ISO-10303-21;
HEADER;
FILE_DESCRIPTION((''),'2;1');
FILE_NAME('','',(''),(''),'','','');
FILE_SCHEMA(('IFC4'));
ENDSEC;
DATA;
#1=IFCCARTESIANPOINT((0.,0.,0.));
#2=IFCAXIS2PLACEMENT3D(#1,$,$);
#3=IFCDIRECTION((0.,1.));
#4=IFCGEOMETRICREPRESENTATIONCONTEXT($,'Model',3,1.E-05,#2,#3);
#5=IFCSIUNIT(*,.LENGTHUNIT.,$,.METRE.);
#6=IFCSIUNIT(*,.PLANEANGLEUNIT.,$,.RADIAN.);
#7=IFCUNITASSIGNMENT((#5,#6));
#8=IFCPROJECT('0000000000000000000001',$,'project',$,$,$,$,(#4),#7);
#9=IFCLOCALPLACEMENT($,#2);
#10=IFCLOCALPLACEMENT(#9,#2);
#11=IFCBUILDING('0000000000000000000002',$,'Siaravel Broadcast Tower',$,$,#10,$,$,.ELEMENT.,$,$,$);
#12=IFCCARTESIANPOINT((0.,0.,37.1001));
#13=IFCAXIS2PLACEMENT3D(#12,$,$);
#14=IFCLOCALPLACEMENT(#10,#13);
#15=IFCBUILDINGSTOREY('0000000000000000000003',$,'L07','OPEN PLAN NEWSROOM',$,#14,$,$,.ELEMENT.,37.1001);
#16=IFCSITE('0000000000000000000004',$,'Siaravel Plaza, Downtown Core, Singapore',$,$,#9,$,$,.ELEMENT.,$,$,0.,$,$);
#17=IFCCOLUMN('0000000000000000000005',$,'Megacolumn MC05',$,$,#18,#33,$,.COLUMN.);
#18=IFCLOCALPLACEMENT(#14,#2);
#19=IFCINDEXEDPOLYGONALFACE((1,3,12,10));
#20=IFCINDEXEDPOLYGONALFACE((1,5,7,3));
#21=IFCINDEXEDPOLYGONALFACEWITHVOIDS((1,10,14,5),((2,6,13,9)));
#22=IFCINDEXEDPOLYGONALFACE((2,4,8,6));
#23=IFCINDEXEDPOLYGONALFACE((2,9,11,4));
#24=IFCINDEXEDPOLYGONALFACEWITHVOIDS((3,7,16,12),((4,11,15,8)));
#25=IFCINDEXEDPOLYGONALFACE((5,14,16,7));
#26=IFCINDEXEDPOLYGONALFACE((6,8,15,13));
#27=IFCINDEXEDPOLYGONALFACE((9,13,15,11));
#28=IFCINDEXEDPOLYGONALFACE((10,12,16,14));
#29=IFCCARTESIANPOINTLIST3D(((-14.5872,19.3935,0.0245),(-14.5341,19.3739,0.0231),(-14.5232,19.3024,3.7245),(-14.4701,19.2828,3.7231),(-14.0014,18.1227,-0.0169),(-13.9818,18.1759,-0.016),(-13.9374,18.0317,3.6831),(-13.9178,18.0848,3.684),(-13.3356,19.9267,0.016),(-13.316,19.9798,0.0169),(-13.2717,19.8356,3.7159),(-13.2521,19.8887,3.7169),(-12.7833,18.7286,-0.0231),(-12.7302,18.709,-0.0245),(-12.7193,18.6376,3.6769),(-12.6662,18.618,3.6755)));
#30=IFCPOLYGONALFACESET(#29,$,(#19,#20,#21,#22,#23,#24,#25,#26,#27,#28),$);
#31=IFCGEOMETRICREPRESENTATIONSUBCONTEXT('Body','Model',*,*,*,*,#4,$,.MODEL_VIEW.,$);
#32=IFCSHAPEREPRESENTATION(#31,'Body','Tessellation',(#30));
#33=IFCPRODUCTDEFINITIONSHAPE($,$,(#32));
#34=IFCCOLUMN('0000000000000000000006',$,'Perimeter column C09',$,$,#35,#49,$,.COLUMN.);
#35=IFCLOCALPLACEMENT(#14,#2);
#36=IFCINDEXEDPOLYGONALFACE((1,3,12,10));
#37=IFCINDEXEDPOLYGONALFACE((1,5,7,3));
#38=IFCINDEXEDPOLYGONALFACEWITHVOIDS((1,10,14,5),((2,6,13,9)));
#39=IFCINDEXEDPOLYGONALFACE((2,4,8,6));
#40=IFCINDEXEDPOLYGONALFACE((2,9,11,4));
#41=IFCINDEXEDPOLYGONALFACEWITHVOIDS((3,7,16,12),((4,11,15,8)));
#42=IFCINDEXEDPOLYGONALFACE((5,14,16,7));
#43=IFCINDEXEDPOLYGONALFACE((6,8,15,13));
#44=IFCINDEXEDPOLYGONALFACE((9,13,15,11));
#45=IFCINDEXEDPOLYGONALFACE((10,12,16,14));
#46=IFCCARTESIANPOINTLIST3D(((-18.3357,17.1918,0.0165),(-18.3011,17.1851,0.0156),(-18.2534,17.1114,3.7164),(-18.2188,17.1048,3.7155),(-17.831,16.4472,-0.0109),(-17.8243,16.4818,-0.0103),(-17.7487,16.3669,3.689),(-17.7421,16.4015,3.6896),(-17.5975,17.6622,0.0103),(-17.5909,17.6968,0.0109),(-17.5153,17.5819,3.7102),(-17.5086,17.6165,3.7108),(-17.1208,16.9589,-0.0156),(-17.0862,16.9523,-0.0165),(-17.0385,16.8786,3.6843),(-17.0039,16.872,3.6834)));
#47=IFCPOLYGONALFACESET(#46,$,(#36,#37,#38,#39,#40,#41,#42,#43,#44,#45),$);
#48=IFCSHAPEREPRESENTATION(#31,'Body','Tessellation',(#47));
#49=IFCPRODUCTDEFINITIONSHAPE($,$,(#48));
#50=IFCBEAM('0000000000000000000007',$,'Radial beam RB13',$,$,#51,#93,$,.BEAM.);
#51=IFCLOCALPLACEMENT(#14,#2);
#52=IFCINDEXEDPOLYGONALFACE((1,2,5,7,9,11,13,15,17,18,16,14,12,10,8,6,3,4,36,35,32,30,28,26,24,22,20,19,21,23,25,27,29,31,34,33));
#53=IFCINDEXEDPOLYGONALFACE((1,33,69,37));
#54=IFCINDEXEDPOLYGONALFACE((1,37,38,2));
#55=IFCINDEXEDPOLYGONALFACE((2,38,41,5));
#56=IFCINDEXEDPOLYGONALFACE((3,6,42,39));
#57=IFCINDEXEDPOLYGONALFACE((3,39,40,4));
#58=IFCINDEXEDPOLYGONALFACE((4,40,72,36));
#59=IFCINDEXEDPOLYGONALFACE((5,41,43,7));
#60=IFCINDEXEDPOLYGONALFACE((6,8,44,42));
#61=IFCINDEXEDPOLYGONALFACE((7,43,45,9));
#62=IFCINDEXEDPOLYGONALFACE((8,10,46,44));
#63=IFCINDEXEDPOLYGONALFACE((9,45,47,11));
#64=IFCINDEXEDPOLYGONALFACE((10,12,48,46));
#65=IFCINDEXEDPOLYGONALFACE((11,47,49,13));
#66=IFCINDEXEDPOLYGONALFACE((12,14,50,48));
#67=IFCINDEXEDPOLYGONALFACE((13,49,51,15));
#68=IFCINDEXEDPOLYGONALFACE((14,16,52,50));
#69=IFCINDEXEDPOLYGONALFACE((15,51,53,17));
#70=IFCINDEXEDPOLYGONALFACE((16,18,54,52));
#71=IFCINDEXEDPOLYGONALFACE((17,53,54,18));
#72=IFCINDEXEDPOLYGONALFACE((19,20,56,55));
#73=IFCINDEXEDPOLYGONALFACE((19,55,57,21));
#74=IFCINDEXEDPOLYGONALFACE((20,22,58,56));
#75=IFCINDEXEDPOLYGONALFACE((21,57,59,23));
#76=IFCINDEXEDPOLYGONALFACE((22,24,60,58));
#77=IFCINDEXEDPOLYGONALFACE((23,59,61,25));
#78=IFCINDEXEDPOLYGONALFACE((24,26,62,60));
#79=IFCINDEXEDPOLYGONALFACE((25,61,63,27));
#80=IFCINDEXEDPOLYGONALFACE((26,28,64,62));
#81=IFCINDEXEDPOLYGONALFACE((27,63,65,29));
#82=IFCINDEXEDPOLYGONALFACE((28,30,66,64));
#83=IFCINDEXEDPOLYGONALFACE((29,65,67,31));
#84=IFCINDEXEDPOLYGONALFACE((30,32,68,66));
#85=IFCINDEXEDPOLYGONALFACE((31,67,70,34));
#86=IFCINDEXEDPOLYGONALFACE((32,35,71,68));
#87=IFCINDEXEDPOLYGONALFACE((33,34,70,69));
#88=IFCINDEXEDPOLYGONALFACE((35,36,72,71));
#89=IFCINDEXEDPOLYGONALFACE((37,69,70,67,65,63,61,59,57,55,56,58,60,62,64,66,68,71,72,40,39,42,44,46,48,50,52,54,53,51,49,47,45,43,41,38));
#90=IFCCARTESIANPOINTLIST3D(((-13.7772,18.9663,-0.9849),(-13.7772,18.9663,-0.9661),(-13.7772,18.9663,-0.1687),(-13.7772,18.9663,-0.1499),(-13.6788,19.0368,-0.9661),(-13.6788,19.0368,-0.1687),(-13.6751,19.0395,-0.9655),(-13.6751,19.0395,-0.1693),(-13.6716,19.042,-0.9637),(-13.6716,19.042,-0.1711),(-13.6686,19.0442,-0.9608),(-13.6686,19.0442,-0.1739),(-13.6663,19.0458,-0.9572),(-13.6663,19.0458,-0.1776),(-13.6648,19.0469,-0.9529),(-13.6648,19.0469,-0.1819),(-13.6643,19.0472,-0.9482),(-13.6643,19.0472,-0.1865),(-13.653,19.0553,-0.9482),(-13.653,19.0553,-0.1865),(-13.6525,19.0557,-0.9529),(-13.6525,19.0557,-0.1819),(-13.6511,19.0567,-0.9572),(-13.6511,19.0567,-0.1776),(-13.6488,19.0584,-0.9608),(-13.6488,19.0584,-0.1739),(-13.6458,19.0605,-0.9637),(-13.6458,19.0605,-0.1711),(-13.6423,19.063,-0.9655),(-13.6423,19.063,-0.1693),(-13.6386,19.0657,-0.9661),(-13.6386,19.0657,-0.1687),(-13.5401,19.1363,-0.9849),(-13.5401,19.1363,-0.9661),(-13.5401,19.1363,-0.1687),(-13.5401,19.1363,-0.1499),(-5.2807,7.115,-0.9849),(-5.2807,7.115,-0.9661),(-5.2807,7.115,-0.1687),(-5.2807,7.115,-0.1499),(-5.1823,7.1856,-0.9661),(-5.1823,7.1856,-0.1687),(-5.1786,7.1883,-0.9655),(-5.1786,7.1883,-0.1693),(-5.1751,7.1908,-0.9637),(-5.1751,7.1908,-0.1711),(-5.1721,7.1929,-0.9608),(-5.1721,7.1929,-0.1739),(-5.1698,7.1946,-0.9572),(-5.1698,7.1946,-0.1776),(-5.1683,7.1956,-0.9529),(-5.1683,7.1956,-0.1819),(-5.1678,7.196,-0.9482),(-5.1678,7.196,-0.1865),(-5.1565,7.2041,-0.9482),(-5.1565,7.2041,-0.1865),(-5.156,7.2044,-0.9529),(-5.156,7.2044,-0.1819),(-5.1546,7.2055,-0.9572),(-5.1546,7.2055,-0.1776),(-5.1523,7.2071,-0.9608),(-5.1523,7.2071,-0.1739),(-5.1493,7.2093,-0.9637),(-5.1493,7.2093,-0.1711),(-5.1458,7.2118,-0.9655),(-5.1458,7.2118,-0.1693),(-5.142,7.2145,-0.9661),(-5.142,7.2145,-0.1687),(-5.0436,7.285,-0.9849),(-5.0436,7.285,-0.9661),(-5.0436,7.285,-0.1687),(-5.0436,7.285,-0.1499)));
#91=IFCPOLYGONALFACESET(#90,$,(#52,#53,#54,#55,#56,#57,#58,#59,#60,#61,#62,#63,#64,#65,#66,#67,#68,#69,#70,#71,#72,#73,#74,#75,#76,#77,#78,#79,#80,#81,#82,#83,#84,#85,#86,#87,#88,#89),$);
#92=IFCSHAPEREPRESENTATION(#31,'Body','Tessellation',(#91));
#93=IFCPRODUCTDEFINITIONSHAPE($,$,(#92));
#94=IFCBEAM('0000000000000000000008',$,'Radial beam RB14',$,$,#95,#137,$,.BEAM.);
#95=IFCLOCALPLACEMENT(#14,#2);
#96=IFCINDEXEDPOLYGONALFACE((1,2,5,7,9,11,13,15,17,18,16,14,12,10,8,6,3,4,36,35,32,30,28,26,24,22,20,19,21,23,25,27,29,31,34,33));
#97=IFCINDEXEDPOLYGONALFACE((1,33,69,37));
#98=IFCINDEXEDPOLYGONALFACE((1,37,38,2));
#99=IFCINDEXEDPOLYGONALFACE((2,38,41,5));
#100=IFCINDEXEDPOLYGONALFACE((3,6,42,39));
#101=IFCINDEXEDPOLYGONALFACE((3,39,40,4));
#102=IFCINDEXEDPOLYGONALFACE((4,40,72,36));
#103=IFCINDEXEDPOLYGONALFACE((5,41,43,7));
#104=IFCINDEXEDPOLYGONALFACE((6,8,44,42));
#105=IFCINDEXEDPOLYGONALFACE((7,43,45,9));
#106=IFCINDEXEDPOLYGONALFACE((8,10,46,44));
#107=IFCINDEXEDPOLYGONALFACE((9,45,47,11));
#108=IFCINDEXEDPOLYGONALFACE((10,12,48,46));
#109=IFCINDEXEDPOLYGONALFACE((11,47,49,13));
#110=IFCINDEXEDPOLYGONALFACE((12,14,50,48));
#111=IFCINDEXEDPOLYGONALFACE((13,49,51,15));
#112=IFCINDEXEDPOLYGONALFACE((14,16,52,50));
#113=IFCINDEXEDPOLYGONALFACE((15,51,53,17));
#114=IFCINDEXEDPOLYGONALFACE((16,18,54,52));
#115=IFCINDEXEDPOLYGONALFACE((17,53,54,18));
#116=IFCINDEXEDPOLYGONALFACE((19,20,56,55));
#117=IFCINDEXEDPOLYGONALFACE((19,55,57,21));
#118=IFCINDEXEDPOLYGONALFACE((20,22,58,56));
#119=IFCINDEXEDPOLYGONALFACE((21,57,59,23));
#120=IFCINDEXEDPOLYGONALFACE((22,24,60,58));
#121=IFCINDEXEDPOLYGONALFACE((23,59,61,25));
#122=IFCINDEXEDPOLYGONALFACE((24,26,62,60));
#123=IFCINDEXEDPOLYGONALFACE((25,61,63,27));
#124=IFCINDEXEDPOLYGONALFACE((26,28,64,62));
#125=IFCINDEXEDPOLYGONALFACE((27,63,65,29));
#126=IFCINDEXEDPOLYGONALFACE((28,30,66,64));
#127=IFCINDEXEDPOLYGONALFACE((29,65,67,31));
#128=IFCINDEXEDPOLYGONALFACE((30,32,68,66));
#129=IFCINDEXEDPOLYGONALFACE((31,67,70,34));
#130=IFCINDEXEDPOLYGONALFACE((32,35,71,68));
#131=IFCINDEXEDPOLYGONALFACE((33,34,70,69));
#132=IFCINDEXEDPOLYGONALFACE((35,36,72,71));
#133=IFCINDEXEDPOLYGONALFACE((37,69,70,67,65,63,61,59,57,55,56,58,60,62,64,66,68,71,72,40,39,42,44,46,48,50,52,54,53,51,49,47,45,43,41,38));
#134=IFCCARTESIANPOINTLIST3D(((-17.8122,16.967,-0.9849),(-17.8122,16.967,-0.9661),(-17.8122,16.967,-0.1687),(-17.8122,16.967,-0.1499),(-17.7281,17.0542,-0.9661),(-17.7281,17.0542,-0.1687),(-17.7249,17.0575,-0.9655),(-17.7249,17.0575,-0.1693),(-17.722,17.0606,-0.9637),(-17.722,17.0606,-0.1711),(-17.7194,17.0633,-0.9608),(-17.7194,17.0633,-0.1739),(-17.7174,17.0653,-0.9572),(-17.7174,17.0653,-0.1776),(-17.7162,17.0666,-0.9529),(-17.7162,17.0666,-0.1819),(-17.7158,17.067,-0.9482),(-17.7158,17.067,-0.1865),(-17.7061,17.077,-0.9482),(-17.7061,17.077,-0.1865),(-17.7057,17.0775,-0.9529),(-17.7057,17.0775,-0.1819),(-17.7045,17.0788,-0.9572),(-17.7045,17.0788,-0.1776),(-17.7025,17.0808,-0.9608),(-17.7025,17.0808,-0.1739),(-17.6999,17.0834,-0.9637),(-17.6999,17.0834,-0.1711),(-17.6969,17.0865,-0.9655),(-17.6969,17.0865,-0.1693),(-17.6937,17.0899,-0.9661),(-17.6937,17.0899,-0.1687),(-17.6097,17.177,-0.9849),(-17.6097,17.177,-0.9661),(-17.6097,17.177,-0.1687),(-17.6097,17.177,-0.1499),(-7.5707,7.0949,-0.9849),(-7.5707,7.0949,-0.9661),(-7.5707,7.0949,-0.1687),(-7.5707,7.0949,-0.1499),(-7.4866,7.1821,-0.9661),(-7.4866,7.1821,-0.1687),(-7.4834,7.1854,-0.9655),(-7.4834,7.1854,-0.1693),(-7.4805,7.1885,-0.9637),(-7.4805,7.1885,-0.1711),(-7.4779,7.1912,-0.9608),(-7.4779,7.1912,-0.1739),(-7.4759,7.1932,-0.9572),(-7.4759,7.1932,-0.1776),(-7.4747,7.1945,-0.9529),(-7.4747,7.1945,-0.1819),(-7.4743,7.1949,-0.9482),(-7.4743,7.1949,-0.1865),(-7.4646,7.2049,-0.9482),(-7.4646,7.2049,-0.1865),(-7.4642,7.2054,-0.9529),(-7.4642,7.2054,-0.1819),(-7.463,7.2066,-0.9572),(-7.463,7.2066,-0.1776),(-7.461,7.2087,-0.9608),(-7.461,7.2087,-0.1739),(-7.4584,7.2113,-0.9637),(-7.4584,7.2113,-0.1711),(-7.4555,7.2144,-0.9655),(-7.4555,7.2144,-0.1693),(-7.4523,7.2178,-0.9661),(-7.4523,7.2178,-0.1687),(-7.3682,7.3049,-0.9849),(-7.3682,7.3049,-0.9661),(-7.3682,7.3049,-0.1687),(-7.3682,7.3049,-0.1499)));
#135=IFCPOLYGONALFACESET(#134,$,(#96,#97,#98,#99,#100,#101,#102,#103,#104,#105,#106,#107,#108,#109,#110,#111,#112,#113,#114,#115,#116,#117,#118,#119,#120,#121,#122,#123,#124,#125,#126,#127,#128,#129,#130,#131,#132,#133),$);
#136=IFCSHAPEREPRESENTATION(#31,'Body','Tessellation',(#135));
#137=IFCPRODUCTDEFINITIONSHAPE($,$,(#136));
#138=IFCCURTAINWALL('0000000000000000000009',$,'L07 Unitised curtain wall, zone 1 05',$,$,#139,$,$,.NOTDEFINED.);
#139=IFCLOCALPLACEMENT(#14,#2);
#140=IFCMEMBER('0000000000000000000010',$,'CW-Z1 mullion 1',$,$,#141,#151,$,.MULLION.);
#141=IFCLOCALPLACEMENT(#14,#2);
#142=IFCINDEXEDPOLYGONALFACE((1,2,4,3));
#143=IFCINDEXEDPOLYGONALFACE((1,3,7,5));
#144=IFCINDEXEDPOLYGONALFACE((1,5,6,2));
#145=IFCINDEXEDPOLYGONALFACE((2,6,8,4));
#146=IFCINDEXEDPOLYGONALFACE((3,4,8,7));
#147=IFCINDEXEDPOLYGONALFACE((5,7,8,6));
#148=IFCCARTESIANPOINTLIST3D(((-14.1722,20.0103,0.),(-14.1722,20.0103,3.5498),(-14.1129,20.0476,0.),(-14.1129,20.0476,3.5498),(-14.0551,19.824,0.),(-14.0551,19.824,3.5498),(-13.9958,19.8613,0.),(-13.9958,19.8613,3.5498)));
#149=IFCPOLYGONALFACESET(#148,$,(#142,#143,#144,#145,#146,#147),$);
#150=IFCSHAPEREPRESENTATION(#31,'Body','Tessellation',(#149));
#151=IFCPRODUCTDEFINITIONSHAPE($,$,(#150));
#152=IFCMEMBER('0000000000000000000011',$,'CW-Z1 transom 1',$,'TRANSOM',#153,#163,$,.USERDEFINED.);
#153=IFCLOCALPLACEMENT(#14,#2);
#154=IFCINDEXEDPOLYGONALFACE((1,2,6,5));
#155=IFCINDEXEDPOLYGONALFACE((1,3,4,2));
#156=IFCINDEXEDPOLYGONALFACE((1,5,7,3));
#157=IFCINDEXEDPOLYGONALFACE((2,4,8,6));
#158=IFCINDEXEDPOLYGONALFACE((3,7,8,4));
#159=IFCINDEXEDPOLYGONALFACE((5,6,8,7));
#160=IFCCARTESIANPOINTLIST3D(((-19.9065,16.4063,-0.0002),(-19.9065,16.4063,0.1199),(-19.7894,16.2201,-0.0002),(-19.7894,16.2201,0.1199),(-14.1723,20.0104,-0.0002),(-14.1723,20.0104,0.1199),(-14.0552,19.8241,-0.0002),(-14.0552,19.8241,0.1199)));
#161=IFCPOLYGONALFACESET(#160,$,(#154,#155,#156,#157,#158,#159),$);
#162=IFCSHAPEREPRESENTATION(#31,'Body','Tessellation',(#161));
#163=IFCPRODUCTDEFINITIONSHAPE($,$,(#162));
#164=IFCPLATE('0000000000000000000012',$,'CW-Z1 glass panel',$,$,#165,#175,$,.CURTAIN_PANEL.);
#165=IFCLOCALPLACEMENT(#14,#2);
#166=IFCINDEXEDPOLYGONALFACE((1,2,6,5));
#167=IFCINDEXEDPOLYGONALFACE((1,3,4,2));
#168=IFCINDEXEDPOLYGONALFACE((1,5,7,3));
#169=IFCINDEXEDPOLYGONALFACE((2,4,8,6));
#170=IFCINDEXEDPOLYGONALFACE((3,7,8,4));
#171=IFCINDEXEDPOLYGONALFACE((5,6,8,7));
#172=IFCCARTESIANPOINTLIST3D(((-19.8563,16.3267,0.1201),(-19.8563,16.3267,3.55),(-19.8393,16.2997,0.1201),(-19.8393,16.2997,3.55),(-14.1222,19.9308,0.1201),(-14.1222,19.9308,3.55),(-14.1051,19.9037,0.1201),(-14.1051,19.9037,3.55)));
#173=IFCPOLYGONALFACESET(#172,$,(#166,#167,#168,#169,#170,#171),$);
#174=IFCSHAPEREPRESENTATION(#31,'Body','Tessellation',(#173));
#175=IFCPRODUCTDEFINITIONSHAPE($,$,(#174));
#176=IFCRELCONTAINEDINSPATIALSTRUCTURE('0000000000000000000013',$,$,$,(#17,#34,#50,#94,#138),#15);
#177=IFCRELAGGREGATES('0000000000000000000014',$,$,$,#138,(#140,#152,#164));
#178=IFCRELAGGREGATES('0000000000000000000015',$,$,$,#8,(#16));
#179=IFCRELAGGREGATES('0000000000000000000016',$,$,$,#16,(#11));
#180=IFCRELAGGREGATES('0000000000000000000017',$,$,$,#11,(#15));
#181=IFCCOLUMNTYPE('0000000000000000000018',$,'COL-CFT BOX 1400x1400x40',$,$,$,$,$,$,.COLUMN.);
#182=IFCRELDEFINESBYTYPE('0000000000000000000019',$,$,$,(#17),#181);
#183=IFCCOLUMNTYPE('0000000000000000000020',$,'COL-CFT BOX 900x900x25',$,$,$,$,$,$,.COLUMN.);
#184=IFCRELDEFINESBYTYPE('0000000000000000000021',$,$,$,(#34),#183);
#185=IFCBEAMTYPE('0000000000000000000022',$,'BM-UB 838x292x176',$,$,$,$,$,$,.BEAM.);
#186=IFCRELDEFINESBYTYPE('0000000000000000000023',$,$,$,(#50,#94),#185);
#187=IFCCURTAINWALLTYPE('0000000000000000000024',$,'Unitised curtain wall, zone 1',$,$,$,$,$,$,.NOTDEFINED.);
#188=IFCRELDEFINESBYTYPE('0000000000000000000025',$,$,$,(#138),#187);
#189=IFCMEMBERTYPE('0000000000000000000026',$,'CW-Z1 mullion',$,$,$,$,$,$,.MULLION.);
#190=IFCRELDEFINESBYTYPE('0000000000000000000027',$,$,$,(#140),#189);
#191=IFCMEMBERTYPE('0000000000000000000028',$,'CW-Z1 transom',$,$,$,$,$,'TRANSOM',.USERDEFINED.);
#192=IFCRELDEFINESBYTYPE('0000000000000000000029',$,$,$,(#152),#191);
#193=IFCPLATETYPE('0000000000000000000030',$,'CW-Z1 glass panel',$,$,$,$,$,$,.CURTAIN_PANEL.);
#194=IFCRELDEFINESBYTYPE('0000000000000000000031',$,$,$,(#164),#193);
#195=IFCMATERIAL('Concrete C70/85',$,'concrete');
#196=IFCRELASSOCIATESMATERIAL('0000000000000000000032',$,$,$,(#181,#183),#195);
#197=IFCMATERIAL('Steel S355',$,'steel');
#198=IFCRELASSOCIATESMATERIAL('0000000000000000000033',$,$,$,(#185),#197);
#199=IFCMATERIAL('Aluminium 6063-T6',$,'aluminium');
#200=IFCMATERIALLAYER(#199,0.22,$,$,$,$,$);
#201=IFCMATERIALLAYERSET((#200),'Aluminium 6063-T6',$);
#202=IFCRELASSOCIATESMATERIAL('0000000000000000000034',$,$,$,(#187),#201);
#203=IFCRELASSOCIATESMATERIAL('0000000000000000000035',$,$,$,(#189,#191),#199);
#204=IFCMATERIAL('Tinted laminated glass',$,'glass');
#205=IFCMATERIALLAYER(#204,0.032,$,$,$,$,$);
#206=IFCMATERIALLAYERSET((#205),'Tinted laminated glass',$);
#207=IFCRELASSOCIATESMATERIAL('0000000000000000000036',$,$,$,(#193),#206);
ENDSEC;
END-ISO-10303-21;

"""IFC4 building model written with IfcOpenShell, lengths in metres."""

from ifc_helpers import new_model, si_unit, direction, frame, origin, origin_2d, place, context, subcontext, project, spatial, rectangle, hollow_rectangle, i_section, extrude, material, layer, layer_set, material_profile, profile_set, type_object, element, aggregate, save


model = new_model("IFC4")

# Units and contexts
model_context = context("Model", 3, precision=1e-05, world=origin(), true_north=direction((0.0, 1.0)))
body_context = subcontext(model_context, "Body", "Model", "MODEL_VIEW")
ifc_project = project(units=[si_unit("LENGTHUNIT", "METRE"), si_unit("PLANEANGLEUNIT", "RADIAN")], contexts=[model_context])

# Site, building, storey
site_placement = place(None, origin())
site = spatial("IfcSite", under=ifc_project, at=site_placement, Name="Siaravel Plaza, Downtown Core, Singapore", CompositionType="ELEMENT", RefElevation=0.0)
building_placement = place(site_placement, origin())
building = spatial("IfcBuilding", under=site, at=building_placement, Name="Siaravel Broadcast Tower", CompositionType="ELEMENT")
storey_placement = place(building_placement, frame((0.0, 0.0, 37.1001)))
storey = spatial("IfcBuildingStorey", under=building, at=storey_placement, Name="L07", Description="OPEN PLAN NEWSROOM", CompositionType="ELEMENT", Elevation=37.1001)

# Columns
ifc_material_1 = material(Name="Concrete C70/85", Category="concrete")
ifc_material_profile_1 = material_profile(ifc_material_1, hollow_rectangle(XDim=1.3999, YDim=1.3999, WallThickness=0.04, at=origin_2d()))
ifc_profile_set_1 = profile_set([ifc_material_profile_1], Name="Concrete C70/85")
column_type_1 = type_object("IfcColumnType", Name="COL-CFT BOX 1400x1400x40", PredefinedType="COLUMN", material=ifc_profile_set_1)
column_1_placement = place(storey_placement, frame((-13.6587, 19.0513, 0.0), z_axis=(0.01728, -0.024601, 0.999548), x_axis=(0.908055, 0.418816, -0.00539)))
element("IfcColumn", 1, at=column_1_placement, inside=storey, type_object=column_type_1, Name="Megacolumn MC05", PredefinedType="COLUMN", context=body_context, shape_type="SweptSolid", body=[
    extrude(hollow_rectangle(XDim=1.3999, YDim=1.3999, WallThickness=0.04, at=origin_2d()), origin(), (0.0, 0.0, 1.0), 3.7017),
])
ifc_material_profile_2 = material_profile(ifc_material_1, hollow_rectangle(XDim=0.8999, YDim=0.8999, WallThickness=0.0249, at=origin_2d()))
ifc_profile_set_2 = profile_set([ifc_material_profile_2], Name="Concrete C70/85")
column_type_2 = type_object("IfcColumnType", Name="COL-CFT BOX 900x900x25", PredefinedType="COLUMN", material=ifc_profile_set_2)
column_2_placement = place(storey_placement, frame((-17.7109, 17.072, 0.0), z_axis=(0.022226, -0.021699, 0.999517), x_axis=(0.827627, 0.561244, -0.00622)))
element("IfcColumn", 2, at=column_2_placement, inside=storey, type_object=column_type_2, Name="Perimeter column C09", PredefinedType="COLUMN", context=body_context, shape_type="SweptSolid", body=[
    extrude(hollow_rectangle(XDim=0.8999, YDim=0.8999, WallThickness=0.0249, at=origin_2d()), origin(), (0.0, 0.0, 1.0), 3.7017),
])

# Beams
ifc_material_2 = material(Name="Steel S355", Category="steel")
ifc_material_profile_3 = material_profile(ifc_material_2, i_section(OverallWidth=0.2917, OverallDepth=0.835, WebThickness=0.0139, FlangeThickness=0.0188, FilletRadius=0.0178, at=origin_2d()))
ifc_profile_set_3 = profile_set([ifc_material_profile_3], Name="Steel S355")
beam_type = type_object("IfcBeamType", Name="BM-UB 838x292x176", PredefinedType="BEAM", material=ifc_profile_set_3)
beam_1_placement = place(storey_placement, frame((-13.6587, 19.0513, -0.5674), z_axis=(0.582661, -0.812715, 0.0), x_axis=(0.812715, 0.582661, 0.0)))
element("IfcBeam", 3, at=beam_1_placement, inside=storey, type_object=beam_type, Name="Radial beam RB13", PredefinedType="BEAM", context=body_context, shape_type="SweptSolid", body=[
    extrude(i_section(OverallWidth=0.2917, OverallDepth=0.835, WebThickness=0.0139, FlangeThickness=0.0188, FilletRadius=0.0178, at=origin_2d()), origin(), (0.0, 0.0, 1.0), 14.5823),
])
beam_2_placement = place(storey_placement, frame((-17.7109, 17.072, -0.5674), z_axis=(0.719971, -0.694004, 0.0), x_axis=(0.694004, 0.719971, 0.0)))
element("IfcBeam", 4, at=beam_2_placement, inside=storey, type_object=beam_type, Name="Radial beam RB14", PredefinedType="BEAM", context=body_context, shape_type="SweptSolid", body=[
    extrude(i_section(OverallWidth=0.2917, OverallDepth=0.835, WebThickness=0.0139, FlangeThickness=0.0188, FilletRadius=0.0178, at=origin_2d()), origin(), (0.0, 0.0, 1.0), 14.2249),
])

# Curtain wall, members, plate
ifc_material_3 = material(Name="Aluminium 6063-T6", Category="aluminium")
ifc_layer_1 = layer(ifc_material_3, 0.22)
ifc_layer_set_1 = layer_set([ifc_layer_1], Name="Aluminium 6063-T6")
curtain_wall_type = type_object("IfcCurtainWallType", Name="Unitised curtain wall, zone 1", PredefinedType="NOTDEFINED", material=ifc_layer_set_1)
curtain_wall_placement = place(storey_placement, origin())
curtain_wall = element("IfcCurtainWall", 5, at=curtain_wall_placement, inside=storey, type_object=curtain_wall_type, Name="L07 Unitised curtain wall, zone 1 05", PredefinedType="NOTDEFINED")
ifc_material_profile_4 = material_profile(ifc_material_3, rectangle(XDim=0.22, YDim=0.0701, at=origin_2d()))
ifc_profile_set_4 = profile_set([ifc_material_profile_4], Name="Aluminium 6063-T6")
member_type_1 = type_object("IfcMemberType", Name="CW-Z1 mullion", PredefinedType="MULLION", material=ifc_profile_set_4)
member_1_placement = place(storey_placement, frame((-14.084, 19.9358, 0.0), z_axis=(0.0, 0.0, 1.0), x_axis=(0.532149, -0.846651, 0.0)))
member_1 = element("IfcMember", 6, at=member_1_placement, type_object=member_type_1, Name="CW-Z1 mullion 1", PredefinedType="MULLION", context=body_context, shape_type="SweptSolid", body=[
    extrude(rectangle(XDim=0.22, YDim=0.0701, at=origin_2d()), origin(), (0.0, 0.0, 1.0), 3.5498),
])
ifc_material_profile_5 = material_profile(ifc_material_3, rectangle(XDim=0.22, YDim=0.1201, at=origin_2d()))
ifc_profile_set_5 = profile_set([ifc_material_profile_5], Name="Aluminium 6063-T6")
member_type_2 = type_object("IfcMemberType", Name="CW-Z1 transom", ElementType="TRANSOM", PredefinedType="USERDEFINED", material=ifc_profile_set_5)
member_2_placement = place(storey_placement, frame((-14.1138, 19.9172, 0.0598), z_axis=(-0.846657, -0.532139, 0.0), x_axis=(0.532139, -0.846657, 0.0)))
member_2 = element("IfcMember", 7, at=member_2_placement, type_object=member_type_2, Name="CW-Z1 transom 1", ObjectType="TRANSOM", PredefinedType="USERDEFINED", context=body_context, shape_type="SweptSolid", body=[
    extrude(rectangle(XDim=0.22, YDim=0.1201, at=origin_2d()), origin(), (0.0, 0.0, 1.0), 6.7727),
])
ifc_material_4 = material(Name="Tinted laminated glass", Category="glass")
ifc_layer_2 = layer(ifc_material_4, 0.032)
ifc_layer_set_2 = layer_set([ifc_layer_2], Name="Tinted laminated glass")
plate_type = type_object("IfcPlateType", Name="CW-Z1 glass panel", PredefinedType="CURTAIN_PANEL", material=ifc_layer_set_2)
plate_placement = place(storey_placement, frame((-16.9807, 18.1152, 0.1201), z_axis=(0.0, 0.0, 1.0), x_axis=(-0.846651, -0.532149, 0.0)))
plate = element("IfcPlate", 8, at=plate_placement, type_object=plate_type, Name="CW-Z1 glass panel", PredefinedType="CURTAIN_PANEL", context=body_context, shape_type="SweptSolid", body=[
    extrude(rectangle(XDim=6.7727, YDim=0.032, at=origin_2d()), origin(), (0.0, 0.0, 1.0), 3.4299),
])
aggregate(curtain_wall, [member_1, member_2, plate])

save(model, "model.ifc")
